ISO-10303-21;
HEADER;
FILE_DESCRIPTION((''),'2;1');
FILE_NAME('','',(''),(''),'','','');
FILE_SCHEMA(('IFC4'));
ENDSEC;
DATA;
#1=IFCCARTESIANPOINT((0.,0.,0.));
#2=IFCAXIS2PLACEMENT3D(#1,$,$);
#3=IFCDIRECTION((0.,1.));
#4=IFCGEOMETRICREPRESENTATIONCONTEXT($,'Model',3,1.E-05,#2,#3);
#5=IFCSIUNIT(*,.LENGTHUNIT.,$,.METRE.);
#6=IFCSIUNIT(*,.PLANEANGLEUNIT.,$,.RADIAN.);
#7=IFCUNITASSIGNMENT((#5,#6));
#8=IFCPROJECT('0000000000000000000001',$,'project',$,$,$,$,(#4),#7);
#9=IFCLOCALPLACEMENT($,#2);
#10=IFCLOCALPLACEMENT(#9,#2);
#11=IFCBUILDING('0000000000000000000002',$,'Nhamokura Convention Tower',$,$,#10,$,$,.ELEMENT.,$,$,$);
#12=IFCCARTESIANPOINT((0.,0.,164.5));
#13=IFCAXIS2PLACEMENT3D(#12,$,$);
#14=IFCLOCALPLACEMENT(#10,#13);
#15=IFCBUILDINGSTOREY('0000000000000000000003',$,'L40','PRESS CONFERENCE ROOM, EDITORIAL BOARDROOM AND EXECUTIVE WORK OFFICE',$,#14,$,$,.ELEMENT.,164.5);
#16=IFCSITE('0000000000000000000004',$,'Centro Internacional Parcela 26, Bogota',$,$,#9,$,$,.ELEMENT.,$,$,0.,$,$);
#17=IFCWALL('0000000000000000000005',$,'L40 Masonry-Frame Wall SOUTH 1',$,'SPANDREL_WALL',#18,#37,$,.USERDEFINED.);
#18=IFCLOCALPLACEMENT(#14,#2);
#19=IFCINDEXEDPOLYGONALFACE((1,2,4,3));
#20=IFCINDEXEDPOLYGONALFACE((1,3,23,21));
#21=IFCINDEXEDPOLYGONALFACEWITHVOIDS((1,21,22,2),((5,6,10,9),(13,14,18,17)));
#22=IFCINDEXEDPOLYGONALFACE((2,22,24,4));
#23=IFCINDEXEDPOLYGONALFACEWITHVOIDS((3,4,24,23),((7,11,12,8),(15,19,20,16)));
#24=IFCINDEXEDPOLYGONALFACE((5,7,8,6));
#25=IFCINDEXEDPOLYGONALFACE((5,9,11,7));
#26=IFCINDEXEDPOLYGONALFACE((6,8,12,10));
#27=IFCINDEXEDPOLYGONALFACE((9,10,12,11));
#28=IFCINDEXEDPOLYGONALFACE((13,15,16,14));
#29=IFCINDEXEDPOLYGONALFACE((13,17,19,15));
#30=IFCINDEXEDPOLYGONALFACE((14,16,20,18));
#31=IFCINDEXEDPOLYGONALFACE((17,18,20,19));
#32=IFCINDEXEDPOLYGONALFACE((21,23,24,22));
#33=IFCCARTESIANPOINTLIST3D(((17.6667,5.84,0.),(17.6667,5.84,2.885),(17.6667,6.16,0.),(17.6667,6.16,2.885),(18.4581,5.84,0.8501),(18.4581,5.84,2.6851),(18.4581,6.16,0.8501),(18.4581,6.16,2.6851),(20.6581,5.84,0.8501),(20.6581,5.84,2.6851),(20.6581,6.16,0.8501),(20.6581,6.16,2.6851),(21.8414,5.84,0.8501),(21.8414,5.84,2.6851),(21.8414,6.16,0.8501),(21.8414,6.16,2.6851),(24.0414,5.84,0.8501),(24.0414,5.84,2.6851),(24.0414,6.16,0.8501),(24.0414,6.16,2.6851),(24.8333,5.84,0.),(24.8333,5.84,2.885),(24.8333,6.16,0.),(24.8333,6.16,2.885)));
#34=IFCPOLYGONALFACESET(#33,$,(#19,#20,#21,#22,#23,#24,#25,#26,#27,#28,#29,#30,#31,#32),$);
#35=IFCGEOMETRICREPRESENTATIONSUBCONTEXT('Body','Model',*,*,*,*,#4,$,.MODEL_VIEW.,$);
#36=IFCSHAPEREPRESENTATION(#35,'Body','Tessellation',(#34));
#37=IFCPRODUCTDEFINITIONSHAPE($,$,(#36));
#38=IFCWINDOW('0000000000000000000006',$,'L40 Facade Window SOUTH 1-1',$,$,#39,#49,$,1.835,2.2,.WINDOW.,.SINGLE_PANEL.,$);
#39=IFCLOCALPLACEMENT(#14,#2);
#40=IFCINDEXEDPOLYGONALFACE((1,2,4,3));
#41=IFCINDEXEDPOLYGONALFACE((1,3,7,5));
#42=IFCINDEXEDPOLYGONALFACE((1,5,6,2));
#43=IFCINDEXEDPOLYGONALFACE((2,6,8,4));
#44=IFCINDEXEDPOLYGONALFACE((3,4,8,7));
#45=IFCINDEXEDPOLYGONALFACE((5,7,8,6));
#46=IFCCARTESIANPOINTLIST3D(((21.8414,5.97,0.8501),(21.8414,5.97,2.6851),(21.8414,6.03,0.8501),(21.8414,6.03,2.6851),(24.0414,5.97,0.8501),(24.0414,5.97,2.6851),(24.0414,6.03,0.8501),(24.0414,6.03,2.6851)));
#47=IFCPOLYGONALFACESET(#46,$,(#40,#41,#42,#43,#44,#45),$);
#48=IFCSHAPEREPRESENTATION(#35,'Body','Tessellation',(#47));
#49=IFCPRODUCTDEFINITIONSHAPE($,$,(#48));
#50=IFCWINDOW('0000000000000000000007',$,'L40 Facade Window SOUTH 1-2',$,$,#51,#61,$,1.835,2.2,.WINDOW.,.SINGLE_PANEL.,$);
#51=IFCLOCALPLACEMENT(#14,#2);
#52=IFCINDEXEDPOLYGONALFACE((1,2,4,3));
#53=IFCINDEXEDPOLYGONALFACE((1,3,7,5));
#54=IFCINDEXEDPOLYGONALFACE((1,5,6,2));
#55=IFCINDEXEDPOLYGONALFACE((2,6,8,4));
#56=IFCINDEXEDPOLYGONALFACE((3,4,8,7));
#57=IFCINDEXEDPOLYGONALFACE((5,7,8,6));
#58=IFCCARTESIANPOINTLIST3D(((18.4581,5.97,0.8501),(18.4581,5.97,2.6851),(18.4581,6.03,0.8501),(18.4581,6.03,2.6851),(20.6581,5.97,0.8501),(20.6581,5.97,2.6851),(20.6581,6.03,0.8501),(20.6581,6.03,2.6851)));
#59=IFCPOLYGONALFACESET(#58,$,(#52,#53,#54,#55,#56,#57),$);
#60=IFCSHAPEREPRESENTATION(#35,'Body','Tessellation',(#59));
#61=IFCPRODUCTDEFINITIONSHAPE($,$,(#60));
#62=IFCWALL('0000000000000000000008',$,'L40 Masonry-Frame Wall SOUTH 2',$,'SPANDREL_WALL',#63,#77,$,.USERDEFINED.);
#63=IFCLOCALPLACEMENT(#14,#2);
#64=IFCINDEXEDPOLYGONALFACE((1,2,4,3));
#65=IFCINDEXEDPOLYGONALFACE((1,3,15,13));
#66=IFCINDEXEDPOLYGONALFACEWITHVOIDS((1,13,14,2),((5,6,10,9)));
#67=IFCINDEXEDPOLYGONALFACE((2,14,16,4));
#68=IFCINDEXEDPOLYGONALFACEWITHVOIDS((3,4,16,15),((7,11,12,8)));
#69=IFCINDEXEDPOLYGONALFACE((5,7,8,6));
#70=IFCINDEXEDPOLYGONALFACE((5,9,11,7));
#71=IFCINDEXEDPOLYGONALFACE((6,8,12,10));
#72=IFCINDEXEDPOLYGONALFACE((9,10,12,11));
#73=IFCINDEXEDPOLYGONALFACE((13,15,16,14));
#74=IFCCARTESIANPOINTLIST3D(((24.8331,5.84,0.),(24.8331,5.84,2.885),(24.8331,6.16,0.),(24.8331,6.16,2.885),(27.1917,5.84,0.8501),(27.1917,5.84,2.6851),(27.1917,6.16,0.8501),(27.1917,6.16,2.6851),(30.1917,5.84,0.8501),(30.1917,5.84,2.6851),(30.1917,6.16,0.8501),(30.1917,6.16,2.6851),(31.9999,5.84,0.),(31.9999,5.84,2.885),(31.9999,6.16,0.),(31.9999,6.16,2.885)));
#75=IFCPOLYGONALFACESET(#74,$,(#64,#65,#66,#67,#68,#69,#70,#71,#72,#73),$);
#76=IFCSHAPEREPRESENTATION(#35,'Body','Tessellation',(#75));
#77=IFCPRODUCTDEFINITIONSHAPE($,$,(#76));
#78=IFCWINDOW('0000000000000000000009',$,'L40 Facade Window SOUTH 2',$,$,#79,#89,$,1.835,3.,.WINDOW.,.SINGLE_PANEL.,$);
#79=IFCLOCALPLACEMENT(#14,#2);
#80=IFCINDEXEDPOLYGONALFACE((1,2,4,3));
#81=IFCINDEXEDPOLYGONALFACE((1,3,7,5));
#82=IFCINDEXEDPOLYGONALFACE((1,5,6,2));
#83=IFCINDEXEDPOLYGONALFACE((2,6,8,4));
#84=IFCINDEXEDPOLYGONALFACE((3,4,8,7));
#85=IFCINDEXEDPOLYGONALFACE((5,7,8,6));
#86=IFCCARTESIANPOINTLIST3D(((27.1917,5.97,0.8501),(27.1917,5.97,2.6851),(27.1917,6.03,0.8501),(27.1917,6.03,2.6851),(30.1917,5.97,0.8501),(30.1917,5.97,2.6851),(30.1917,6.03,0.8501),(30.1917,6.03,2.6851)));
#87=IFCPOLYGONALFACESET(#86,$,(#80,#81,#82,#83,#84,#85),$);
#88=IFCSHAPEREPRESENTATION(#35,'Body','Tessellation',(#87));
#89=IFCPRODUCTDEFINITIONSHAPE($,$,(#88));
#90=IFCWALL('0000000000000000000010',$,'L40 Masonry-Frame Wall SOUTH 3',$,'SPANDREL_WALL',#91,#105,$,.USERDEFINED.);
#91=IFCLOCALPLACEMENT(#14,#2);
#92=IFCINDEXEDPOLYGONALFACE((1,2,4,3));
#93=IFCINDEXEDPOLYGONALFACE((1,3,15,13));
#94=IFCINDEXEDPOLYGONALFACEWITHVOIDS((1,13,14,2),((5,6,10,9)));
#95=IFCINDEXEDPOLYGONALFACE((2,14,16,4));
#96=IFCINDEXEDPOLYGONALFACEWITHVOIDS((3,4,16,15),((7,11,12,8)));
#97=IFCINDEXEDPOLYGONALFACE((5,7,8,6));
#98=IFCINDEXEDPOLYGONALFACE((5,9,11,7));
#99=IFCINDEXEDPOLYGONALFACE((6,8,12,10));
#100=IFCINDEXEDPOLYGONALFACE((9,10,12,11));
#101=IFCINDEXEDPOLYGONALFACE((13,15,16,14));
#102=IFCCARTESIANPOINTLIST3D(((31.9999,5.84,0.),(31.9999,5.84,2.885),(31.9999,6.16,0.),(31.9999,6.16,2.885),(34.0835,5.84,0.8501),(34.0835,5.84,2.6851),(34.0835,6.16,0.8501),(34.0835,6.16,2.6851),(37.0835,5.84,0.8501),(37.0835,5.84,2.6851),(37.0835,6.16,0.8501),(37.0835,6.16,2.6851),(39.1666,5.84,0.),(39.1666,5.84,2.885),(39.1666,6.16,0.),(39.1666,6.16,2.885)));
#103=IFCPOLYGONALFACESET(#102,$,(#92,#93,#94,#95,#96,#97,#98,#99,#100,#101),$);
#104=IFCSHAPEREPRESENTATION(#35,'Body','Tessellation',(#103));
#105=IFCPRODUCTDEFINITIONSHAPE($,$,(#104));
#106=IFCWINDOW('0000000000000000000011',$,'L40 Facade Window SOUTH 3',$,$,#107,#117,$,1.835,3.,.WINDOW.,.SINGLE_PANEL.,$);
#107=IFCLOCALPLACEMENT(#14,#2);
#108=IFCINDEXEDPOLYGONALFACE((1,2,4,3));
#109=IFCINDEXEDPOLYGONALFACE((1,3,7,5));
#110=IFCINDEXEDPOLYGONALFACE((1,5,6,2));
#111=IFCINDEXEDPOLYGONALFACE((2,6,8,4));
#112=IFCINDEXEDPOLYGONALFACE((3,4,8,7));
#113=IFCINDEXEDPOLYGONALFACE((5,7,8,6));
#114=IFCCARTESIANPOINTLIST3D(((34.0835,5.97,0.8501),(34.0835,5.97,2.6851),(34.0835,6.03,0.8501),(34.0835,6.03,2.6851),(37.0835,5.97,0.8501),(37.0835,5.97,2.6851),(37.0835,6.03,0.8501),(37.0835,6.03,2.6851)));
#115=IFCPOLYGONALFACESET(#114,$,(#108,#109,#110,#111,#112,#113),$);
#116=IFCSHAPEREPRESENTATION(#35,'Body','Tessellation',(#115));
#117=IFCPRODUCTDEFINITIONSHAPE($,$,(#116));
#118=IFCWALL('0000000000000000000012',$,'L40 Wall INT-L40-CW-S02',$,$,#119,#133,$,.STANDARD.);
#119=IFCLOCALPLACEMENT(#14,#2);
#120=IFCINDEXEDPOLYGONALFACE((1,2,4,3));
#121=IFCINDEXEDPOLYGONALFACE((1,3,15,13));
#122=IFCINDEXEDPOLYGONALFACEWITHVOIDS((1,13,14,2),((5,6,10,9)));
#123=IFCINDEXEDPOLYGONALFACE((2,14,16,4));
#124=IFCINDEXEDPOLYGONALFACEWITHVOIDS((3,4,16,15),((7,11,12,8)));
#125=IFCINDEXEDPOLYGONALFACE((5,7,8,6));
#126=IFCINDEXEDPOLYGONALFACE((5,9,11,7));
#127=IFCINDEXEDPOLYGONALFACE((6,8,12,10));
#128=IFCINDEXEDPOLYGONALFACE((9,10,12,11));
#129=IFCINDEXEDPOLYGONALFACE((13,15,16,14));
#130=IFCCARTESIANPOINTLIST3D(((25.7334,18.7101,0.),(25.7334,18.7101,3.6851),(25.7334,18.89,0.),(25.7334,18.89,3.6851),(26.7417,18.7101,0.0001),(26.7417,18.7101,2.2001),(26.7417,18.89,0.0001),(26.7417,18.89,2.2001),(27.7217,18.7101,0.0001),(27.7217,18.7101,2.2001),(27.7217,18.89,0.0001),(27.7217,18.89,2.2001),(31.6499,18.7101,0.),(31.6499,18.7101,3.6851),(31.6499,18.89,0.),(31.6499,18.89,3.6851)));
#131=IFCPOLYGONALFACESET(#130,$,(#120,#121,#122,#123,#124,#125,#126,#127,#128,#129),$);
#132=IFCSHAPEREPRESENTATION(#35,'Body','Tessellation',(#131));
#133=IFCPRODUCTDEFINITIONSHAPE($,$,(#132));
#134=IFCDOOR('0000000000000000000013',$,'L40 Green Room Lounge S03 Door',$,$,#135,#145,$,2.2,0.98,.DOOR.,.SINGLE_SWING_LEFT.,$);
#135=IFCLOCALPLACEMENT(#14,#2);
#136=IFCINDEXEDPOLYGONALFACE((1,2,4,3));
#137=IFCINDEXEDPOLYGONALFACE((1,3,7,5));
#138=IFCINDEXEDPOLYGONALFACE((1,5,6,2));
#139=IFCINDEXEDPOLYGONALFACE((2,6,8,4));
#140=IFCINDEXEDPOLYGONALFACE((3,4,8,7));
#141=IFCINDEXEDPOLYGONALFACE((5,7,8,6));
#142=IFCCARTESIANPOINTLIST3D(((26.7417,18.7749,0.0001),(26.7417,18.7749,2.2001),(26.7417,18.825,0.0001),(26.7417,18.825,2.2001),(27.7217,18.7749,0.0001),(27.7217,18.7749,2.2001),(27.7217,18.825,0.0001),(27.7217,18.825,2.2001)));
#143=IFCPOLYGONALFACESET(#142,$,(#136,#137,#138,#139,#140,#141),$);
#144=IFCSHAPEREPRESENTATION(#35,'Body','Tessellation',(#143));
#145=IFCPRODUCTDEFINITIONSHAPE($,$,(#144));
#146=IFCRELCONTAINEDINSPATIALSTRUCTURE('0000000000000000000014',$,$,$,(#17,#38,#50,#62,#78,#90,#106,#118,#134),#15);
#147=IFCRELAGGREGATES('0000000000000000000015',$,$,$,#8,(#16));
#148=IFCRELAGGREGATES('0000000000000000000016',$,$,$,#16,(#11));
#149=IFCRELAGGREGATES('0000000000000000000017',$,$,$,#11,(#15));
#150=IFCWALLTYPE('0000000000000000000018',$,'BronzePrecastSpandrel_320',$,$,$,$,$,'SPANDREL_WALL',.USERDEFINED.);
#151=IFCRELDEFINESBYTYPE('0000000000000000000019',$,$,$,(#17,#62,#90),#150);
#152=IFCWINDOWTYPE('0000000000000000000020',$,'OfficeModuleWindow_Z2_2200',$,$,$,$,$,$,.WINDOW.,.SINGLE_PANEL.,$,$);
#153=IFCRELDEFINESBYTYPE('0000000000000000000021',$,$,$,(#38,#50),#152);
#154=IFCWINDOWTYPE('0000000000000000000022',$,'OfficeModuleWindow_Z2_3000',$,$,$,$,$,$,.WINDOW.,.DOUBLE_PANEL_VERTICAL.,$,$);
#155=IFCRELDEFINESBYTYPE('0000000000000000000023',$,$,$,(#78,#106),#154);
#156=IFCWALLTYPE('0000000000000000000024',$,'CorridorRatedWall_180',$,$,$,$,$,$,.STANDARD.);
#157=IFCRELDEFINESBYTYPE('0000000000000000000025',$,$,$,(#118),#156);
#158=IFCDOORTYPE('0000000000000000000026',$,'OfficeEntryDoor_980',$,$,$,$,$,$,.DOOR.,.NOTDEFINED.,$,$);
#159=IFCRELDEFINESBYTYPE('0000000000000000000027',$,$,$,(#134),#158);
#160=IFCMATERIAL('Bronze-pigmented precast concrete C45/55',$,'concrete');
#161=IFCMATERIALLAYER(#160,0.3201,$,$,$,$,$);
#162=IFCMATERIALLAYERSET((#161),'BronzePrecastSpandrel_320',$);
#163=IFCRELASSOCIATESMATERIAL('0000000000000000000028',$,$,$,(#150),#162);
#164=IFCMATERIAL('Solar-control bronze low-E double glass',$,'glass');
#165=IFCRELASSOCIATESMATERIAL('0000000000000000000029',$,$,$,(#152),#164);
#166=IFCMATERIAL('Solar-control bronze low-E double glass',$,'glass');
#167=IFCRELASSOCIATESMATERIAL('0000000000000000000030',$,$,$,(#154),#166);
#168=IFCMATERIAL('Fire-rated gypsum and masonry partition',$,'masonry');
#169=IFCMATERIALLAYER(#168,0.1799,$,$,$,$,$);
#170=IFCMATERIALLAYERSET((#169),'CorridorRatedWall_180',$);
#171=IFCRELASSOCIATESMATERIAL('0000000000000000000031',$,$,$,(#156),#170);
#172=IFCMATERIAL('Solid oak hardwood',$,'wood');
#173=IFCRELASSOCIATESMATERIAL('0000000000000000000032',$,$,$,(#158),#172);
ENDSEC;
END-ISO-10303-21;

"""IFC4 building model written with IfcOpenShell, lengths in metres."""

from ifc_helpers import new_model, si_unit, direction, frame, frame_2d, origin, place, context, subcontext, project, spatial, rectangle, extrude, material, layer, layer_set, type_object, element, fill, save


model = new_model("IFC4")

# Units and contexts
model_context = context("Model", 3, precision=1e-05, world=origin(), true_north=direction((0.0, 1.0)))
body_context = subcontext(model_context, "Body", "Model", "MODEL_VIEW")
ifc_project = project(units=[si_unit("LENGTHUNIT", "METRE"), si_unit("PLANEANGLEUNIT", "RADIAN")], contexts=[model_context])

# Site, building, storey
site_placement = place(None, origin())
site = spatial("IfcSite", under=ifc_project, at=site_placement, Name="Centro Internacional Parcela 26, Bogota", CompositionType="ELEMENT", RefElevation=0.0)
building_placement = place(site_placement, origin())
building = spatial("IfcBuilding", under=site, at=building_placement, Name="Nhamokura Convention Tower", CompositionType="ELEMENT")
storey_placement = place(building_placement, frame((0.0, 0.0, 164.5)))
storey = spatial("IfcBuildingStorey", under=building, at=storey_placement, Name="L40", Description="PRESS CONFERENCE ROOM, EDITORIAL BOARDROOM AND EXECUTIVE WORK OFFICE", CompositionType="ELEMENT", Elevation=164.5)

# Wall, openings, windows
ifc_material_1 = material(Name="Bronze-pigmented precast concrete C45/55", Category="concrete")
ifc_layer_1 = layer(ifc_material_1, 0.3201)
ifc_layer_set_1 = layer_set([ifc_layer_1], Name="BronzePrecastSpandrel_320")
wall_type_1 = type_object("IfcWallType", Name="BronzePrecastSpandrel_320", ElementType="SPANDREL_WALL", PredefinedType="USERDEFINED", material=ifc_layer_set_1)
wall_1_placement = place(storey_placement, frame((24.8333, 6.0, 0.0), z_axis=(0.0, 0.0, 1.0), x_axis=(-1.0, 0.0, 0.0)))
wall_1 = element("IfcWall", 1, at=wall_1_placement, inside=storey, type_object=wall_type_1, Name="L40 Masonry-Frame Wall SOUTH 1", ObjectType="SPANDREL_WALL", PredefinedType="USERDEFINED", context=body_context, shape_type="SweptSolid", body=[
    extrude(rectangle(XDim=7.1665, YDim=0.3201, at=frame_2d((3.5833, 0.0))), origin(), (0.0, 0.0, 1.0), 2.885),
])
opening_1_placement = place(wall_1_placement, frame((0.7917, 0.0, 0.8501)))
opening_1 = element("IfcOpeningElement", 2, at=opening_1_placement, cuts=wall_1, PredefinedType="OPENING", context=body_context, shape_type="SweptSolid", body=[
    extrude(rectangle(XDim=2.2, YDim=1.835, at=frame_2d((1.1001, 0.9175))), frame((0.0, 0.1699, 0.0), z_axis=(0.0, -1.0, 0.0), x_axis=(1.0, 0.0, 0.0)), (0.0, 0.0, 1.0), 0.3401),
])
opening_2_placement = place(wall_1_placement, frame((4.175, 0.0, 0.8501)))
opening_2 = element("IfcOpeningElement", 3, at=opening_2_placement, cuts=wall_1, PredefinedType="OPENING", context=body_context, shape_type="SweptSolid", body=[
    extrude(rectangle(XDim=2.2, YDim=1.835, at=frame_2d((1.1001, 0.9175))), frame((0.0, 0.1699, 0.0), z_axis=(0.0, -1.0, 0.0), x_axis=(1.0, 0.0, 0.0)), (0.0, 0.0, 1.0), 0.3401),
])
ifc_material_2 = material(Name="Solar-control bronze low-E double glass", Category="glass")
window_type_1 = type_object("IfcWindowType", Name="OfficeModuleWindow_Z2_2200", PartitioningType="SINGLE_PANEL", PredefinedType="WINDOW", material=ifc_material_2)
window_1_placement = place(opening_1_placement, origin())
window_1 = element("IfcWindow", 4, at=window_1_placement, inside=storey, type_object=window_type_1, Name="L40 Facade Window SOUTH 1-1", OverallHeight=1.835, OverallWidth=2.2, PartitioningType="SINGLE_PANEL", PredefinedType="WINDOW", context=body_context, shape_type="SweptSolid", body=[
    extrude(rectangle(XDim=2.2, YDim=1.835, at=frame_2d((1.1001, 0.9175))), frame((0.0, 0.03, 0.0), z_axis=(0.0, -1.0, 0.0), x_axis=(1.0, 0.0, 0.0)), (0.0, 0.0, 1.0), 0.0601),
])
fill(opening_1, window_1)
window_2_placement = place(opening_2_placement, origin())
window_2 = element("IfcWindow", 5, at=window_2_placement, inside=storey, type_object=window_type_1, Name="L40 Facade Window SOUTH 1-2", OverallHeight=1.835, OverallWidth=2.2, PartitioningType="SINGLE_PANEL", PredefinedType="WINDOW", context=body_context, shape_type="SweptSolid", body=[
    extrude(rectangle(XDim=2.2, YDim=1.835, at=frame_2d((1.1001, 0.9175))), frame((0.0, 0.03, 0.0), z_axis=(0.0, -1.0, 0.0), x_axis=(1.0, 0.0, 0.0)), (0.0, 0.0, 1.0), 0.0601),
])
fill(opening_2, window_2)

# Walls, openings, windows
wall_2_placement = place(storey_placement, frame((32.0, 6.0, 0.0), z_axis=(0.0, 0.0, 1.0), x_axis=(-1.0, 0.0, 0.0)))
wall_2 = element("IfcWall", 6, at=wall_2_placement, inside=storey, type_object=wall_type_1, Name="L40 Masonry-Frame Wall SOUTH 2", ObjectType="SPANDREL_WALL", PredefinedType="USERDEFINED", context=body_context, shape_type="SweptSolid", body=[
    extrude(rectangle(XDim=7.1667, YDim=0.3201, at=frame_2d((3.5835, 0.0))), origin(), (0.0, 0.0, 1.0), 2.885),
])
opening_3_placement = place(wall_2_placement, frame((1.8083, 0.0, 0.8501)))
opening_3 = element("IfcOpeningElement", 7, at=opening_3_placement, cuts=wall_2, PredefinedType="OPENING", context=body_context, shape_type="SweptSolid", body=[
    extrude(rectangle(XDim=3.0, YDim=1.835, at=frame_2d((1.5, 0.9175))), frame((0.0, 0.1699, 0.0), z_axis=(0.0, -1.0, 0.0), x_axis=(1.0, 0.0, 0.0)), (0.0, 0.0, 1.0), 0.3401),
])
ifc_material_3 = material(Name="Solar-control bronze low-E double glass", Category="glass")
window_type_2 = type_object("IfcWindowType", Name="OfficeModuleWindow_Z2_3000", PartitioningType="DOUBLE_PANEL_VERTICAL", PredefinedType="WINDOW", material=ifc_material_3)
window_3_placement = place(opening_3_placement, origin())
window_3 = element("IfcWindow", 8, at=window_3_placement, inside=storey, type_object=window_type_2, Name="L40 Facade Window SOUTH 2", OverallHeight=1.835, OverallWidth=3.0, PartitioningType="SINGLE_PANEL", PredefinedType="WINDOW", context=body_context, shape_type="SweptSolid", body=[
    extrude(rectangle(XDim=3.0, YDim=1.835, at=frame_2d((1.5, 0.9175))), frame((0.0, 0.03, 0.0), z_axis=(0.0, -1.0, 0.0), x_axis=(1.0, 0.0, 0.0)), (0.0, 0.0, 1.0), 0.0601),
])
fill(opening_3, window_3)
wall_3_placement = place(storey_placement, frame((39.1667, 6.0, 0.0), z_axis=(0.0, 0.0, 1.0), x_axis=(-1.0, 0.0, 0.0)))
wall_3 = element("IfcWall", 9, at=wall_3_placement, inside=storey, type_object=wall_type_1, Name="L40 Masonry-Frame Wall SOUTH 3", ObjectType="SPANDREL_WALL", PredefinedType="USERDEFINED", context=body_context, shape_type="SweptSolid", body=[
    extrude(rectangle(XDim=7.1667, YDim=0.3201, at=frame_2d((3.5835, 0.0))), origin(), (0.0, 0.0, 1.0), 2.885),
])
opening_4_placement = place(wall_3_placement, frame((2.0833, 0.0, 0.8501)))
opening_4 = element("IfcOpeningElement", 10, at=opening_4_placement, cuts=wall_3, PredefinedType="OPENING", context=body_context, shape_type="SweptSolid", body=[
    extrude(rectangle(XDim=3.0, YDim=1.835, at=frame_2d((1.5, 0.9175))), frame((0.0, 0.1699, 0.0), z_axis=(0.0, -1.0, 0.0), x_axis=(1.0, 0.0, 0.0)), (0.0, 0.0, 1.0), 0.3401),
])
window_4_placement = place(opening_4_placement, origin())
window_4 = element("IfcWindow", 11, at=window_4_placement, inside=storey, type_object=window_type_2, Name="L40 Facade Window SOUTH 3", OverallHeight=1.835, OverallWidth=3.0, PartitioningType="SINGLE_PANEL", PredefinedType="WINDOW", context=body_context, shape_type="SweptSolid", body=[
    extrude(rectangle(XDim=3.0, YDim=1.835, at=frame_2d((1.5, 0.9175))), frame((0.0, 0.03, 0.0), z_axis=(0.0, -1.0, 0.0), x_axis=(1.0, 0.0, 0.0)), (0.0, 0.0, 1.0), 0.0601),
])
fill(opening_4, window_4)

# Wall, opening, door
ifc_material_4 = material(Name="Fire-rated gypsum and masonry partition", Category="masonry")
ifc_layer_2 = layer(ifc_material_4, 0.1799)
ifc_layer_set_2 = layer_set([ifc_layer_2], Name="CorridorRatedWall_180")
wall_type_2 = type_object("IfcWallType", Name="CorridorRatedWall_180", PredefinedType="STANDARD", material=ifc_layer_set_2)
wall_4_placement = place(storey_placement, frame((25.7334, 18.8, 0.0), z_axis=(0.0, 0.0, 1.0), x_axis=(1.0, 0.0, 0.0)))
wall_4 = element("IfcWall", 12, at=wall_4_placement, inside=storey, type_object=wall_type_2, Name="L40 Wall INT-L40-CW-S02", PredefinedType="STANDARD", context=body_context, shape_type="SweptSolid", body=[
    extrude(rectangle(XDim=5.9165, YDim=0.1799, at=frame_2d((2.9583, 0.0))), origin(), (0.0, 0.0, 1.0), 3.6851),
])
opening_5_placement = place(wall_4_placement, frame((1.0083, 0.0, 0.0)))
opening_5 = element("IfcOpeningElement", 13, at=opening_5_placement, cuts=wall_4, PredefinedType="OPENING", context=body_context, shape_type="SweptSolid", body=[
    extrude(rectangle(XDim=0.98, YDim=2.2, at=frame_2d((0.49, 1.1001))), frame((0.0, 0.0999, 0.0), z_axis=(0.0, -1.0, 0.0), x_axis=(1.0, 0.0, 0.0)), (0.0, 0.0, 1.0), 0.2),
])
ifc_material_5 = material(Name="Solid oak hardwood", Category="wood")
door_type = type_object("IfcDoorType", Name="OfficeEntryDoor_980", OperationType="NOTDEFINED", PredefinedType="DOOR", material=ifc_material_5)
door_1_placement = place(opening_5_placement, origin())
door_1 = element("IfcDoor", 14, at=door_1_placement, inside=storey, type_object=door_type, Name="L40 Green Room Lounge S03 Door", OperationType="SINGLE_SWING_LEFT", OverallHeight=2.2, OverallWidth=0.98, PredefinedType="DOOR", context=body_context, shape_type="SweptSolid", body=[
    extrude(rectangle(XDim=0.98, YDim=2.2, at=frame_2d((0.49, 1.1001))), frame((0.0, 0.0249, 0.0), z_axis=(0.0, -1.0, 0.0), x_axis=(1.0, 0.0, 0.0)), (0.0, 0.0, 1.0), 0.05),
])
fill(opening_5, door_1)

save(model, "model.ifc")
